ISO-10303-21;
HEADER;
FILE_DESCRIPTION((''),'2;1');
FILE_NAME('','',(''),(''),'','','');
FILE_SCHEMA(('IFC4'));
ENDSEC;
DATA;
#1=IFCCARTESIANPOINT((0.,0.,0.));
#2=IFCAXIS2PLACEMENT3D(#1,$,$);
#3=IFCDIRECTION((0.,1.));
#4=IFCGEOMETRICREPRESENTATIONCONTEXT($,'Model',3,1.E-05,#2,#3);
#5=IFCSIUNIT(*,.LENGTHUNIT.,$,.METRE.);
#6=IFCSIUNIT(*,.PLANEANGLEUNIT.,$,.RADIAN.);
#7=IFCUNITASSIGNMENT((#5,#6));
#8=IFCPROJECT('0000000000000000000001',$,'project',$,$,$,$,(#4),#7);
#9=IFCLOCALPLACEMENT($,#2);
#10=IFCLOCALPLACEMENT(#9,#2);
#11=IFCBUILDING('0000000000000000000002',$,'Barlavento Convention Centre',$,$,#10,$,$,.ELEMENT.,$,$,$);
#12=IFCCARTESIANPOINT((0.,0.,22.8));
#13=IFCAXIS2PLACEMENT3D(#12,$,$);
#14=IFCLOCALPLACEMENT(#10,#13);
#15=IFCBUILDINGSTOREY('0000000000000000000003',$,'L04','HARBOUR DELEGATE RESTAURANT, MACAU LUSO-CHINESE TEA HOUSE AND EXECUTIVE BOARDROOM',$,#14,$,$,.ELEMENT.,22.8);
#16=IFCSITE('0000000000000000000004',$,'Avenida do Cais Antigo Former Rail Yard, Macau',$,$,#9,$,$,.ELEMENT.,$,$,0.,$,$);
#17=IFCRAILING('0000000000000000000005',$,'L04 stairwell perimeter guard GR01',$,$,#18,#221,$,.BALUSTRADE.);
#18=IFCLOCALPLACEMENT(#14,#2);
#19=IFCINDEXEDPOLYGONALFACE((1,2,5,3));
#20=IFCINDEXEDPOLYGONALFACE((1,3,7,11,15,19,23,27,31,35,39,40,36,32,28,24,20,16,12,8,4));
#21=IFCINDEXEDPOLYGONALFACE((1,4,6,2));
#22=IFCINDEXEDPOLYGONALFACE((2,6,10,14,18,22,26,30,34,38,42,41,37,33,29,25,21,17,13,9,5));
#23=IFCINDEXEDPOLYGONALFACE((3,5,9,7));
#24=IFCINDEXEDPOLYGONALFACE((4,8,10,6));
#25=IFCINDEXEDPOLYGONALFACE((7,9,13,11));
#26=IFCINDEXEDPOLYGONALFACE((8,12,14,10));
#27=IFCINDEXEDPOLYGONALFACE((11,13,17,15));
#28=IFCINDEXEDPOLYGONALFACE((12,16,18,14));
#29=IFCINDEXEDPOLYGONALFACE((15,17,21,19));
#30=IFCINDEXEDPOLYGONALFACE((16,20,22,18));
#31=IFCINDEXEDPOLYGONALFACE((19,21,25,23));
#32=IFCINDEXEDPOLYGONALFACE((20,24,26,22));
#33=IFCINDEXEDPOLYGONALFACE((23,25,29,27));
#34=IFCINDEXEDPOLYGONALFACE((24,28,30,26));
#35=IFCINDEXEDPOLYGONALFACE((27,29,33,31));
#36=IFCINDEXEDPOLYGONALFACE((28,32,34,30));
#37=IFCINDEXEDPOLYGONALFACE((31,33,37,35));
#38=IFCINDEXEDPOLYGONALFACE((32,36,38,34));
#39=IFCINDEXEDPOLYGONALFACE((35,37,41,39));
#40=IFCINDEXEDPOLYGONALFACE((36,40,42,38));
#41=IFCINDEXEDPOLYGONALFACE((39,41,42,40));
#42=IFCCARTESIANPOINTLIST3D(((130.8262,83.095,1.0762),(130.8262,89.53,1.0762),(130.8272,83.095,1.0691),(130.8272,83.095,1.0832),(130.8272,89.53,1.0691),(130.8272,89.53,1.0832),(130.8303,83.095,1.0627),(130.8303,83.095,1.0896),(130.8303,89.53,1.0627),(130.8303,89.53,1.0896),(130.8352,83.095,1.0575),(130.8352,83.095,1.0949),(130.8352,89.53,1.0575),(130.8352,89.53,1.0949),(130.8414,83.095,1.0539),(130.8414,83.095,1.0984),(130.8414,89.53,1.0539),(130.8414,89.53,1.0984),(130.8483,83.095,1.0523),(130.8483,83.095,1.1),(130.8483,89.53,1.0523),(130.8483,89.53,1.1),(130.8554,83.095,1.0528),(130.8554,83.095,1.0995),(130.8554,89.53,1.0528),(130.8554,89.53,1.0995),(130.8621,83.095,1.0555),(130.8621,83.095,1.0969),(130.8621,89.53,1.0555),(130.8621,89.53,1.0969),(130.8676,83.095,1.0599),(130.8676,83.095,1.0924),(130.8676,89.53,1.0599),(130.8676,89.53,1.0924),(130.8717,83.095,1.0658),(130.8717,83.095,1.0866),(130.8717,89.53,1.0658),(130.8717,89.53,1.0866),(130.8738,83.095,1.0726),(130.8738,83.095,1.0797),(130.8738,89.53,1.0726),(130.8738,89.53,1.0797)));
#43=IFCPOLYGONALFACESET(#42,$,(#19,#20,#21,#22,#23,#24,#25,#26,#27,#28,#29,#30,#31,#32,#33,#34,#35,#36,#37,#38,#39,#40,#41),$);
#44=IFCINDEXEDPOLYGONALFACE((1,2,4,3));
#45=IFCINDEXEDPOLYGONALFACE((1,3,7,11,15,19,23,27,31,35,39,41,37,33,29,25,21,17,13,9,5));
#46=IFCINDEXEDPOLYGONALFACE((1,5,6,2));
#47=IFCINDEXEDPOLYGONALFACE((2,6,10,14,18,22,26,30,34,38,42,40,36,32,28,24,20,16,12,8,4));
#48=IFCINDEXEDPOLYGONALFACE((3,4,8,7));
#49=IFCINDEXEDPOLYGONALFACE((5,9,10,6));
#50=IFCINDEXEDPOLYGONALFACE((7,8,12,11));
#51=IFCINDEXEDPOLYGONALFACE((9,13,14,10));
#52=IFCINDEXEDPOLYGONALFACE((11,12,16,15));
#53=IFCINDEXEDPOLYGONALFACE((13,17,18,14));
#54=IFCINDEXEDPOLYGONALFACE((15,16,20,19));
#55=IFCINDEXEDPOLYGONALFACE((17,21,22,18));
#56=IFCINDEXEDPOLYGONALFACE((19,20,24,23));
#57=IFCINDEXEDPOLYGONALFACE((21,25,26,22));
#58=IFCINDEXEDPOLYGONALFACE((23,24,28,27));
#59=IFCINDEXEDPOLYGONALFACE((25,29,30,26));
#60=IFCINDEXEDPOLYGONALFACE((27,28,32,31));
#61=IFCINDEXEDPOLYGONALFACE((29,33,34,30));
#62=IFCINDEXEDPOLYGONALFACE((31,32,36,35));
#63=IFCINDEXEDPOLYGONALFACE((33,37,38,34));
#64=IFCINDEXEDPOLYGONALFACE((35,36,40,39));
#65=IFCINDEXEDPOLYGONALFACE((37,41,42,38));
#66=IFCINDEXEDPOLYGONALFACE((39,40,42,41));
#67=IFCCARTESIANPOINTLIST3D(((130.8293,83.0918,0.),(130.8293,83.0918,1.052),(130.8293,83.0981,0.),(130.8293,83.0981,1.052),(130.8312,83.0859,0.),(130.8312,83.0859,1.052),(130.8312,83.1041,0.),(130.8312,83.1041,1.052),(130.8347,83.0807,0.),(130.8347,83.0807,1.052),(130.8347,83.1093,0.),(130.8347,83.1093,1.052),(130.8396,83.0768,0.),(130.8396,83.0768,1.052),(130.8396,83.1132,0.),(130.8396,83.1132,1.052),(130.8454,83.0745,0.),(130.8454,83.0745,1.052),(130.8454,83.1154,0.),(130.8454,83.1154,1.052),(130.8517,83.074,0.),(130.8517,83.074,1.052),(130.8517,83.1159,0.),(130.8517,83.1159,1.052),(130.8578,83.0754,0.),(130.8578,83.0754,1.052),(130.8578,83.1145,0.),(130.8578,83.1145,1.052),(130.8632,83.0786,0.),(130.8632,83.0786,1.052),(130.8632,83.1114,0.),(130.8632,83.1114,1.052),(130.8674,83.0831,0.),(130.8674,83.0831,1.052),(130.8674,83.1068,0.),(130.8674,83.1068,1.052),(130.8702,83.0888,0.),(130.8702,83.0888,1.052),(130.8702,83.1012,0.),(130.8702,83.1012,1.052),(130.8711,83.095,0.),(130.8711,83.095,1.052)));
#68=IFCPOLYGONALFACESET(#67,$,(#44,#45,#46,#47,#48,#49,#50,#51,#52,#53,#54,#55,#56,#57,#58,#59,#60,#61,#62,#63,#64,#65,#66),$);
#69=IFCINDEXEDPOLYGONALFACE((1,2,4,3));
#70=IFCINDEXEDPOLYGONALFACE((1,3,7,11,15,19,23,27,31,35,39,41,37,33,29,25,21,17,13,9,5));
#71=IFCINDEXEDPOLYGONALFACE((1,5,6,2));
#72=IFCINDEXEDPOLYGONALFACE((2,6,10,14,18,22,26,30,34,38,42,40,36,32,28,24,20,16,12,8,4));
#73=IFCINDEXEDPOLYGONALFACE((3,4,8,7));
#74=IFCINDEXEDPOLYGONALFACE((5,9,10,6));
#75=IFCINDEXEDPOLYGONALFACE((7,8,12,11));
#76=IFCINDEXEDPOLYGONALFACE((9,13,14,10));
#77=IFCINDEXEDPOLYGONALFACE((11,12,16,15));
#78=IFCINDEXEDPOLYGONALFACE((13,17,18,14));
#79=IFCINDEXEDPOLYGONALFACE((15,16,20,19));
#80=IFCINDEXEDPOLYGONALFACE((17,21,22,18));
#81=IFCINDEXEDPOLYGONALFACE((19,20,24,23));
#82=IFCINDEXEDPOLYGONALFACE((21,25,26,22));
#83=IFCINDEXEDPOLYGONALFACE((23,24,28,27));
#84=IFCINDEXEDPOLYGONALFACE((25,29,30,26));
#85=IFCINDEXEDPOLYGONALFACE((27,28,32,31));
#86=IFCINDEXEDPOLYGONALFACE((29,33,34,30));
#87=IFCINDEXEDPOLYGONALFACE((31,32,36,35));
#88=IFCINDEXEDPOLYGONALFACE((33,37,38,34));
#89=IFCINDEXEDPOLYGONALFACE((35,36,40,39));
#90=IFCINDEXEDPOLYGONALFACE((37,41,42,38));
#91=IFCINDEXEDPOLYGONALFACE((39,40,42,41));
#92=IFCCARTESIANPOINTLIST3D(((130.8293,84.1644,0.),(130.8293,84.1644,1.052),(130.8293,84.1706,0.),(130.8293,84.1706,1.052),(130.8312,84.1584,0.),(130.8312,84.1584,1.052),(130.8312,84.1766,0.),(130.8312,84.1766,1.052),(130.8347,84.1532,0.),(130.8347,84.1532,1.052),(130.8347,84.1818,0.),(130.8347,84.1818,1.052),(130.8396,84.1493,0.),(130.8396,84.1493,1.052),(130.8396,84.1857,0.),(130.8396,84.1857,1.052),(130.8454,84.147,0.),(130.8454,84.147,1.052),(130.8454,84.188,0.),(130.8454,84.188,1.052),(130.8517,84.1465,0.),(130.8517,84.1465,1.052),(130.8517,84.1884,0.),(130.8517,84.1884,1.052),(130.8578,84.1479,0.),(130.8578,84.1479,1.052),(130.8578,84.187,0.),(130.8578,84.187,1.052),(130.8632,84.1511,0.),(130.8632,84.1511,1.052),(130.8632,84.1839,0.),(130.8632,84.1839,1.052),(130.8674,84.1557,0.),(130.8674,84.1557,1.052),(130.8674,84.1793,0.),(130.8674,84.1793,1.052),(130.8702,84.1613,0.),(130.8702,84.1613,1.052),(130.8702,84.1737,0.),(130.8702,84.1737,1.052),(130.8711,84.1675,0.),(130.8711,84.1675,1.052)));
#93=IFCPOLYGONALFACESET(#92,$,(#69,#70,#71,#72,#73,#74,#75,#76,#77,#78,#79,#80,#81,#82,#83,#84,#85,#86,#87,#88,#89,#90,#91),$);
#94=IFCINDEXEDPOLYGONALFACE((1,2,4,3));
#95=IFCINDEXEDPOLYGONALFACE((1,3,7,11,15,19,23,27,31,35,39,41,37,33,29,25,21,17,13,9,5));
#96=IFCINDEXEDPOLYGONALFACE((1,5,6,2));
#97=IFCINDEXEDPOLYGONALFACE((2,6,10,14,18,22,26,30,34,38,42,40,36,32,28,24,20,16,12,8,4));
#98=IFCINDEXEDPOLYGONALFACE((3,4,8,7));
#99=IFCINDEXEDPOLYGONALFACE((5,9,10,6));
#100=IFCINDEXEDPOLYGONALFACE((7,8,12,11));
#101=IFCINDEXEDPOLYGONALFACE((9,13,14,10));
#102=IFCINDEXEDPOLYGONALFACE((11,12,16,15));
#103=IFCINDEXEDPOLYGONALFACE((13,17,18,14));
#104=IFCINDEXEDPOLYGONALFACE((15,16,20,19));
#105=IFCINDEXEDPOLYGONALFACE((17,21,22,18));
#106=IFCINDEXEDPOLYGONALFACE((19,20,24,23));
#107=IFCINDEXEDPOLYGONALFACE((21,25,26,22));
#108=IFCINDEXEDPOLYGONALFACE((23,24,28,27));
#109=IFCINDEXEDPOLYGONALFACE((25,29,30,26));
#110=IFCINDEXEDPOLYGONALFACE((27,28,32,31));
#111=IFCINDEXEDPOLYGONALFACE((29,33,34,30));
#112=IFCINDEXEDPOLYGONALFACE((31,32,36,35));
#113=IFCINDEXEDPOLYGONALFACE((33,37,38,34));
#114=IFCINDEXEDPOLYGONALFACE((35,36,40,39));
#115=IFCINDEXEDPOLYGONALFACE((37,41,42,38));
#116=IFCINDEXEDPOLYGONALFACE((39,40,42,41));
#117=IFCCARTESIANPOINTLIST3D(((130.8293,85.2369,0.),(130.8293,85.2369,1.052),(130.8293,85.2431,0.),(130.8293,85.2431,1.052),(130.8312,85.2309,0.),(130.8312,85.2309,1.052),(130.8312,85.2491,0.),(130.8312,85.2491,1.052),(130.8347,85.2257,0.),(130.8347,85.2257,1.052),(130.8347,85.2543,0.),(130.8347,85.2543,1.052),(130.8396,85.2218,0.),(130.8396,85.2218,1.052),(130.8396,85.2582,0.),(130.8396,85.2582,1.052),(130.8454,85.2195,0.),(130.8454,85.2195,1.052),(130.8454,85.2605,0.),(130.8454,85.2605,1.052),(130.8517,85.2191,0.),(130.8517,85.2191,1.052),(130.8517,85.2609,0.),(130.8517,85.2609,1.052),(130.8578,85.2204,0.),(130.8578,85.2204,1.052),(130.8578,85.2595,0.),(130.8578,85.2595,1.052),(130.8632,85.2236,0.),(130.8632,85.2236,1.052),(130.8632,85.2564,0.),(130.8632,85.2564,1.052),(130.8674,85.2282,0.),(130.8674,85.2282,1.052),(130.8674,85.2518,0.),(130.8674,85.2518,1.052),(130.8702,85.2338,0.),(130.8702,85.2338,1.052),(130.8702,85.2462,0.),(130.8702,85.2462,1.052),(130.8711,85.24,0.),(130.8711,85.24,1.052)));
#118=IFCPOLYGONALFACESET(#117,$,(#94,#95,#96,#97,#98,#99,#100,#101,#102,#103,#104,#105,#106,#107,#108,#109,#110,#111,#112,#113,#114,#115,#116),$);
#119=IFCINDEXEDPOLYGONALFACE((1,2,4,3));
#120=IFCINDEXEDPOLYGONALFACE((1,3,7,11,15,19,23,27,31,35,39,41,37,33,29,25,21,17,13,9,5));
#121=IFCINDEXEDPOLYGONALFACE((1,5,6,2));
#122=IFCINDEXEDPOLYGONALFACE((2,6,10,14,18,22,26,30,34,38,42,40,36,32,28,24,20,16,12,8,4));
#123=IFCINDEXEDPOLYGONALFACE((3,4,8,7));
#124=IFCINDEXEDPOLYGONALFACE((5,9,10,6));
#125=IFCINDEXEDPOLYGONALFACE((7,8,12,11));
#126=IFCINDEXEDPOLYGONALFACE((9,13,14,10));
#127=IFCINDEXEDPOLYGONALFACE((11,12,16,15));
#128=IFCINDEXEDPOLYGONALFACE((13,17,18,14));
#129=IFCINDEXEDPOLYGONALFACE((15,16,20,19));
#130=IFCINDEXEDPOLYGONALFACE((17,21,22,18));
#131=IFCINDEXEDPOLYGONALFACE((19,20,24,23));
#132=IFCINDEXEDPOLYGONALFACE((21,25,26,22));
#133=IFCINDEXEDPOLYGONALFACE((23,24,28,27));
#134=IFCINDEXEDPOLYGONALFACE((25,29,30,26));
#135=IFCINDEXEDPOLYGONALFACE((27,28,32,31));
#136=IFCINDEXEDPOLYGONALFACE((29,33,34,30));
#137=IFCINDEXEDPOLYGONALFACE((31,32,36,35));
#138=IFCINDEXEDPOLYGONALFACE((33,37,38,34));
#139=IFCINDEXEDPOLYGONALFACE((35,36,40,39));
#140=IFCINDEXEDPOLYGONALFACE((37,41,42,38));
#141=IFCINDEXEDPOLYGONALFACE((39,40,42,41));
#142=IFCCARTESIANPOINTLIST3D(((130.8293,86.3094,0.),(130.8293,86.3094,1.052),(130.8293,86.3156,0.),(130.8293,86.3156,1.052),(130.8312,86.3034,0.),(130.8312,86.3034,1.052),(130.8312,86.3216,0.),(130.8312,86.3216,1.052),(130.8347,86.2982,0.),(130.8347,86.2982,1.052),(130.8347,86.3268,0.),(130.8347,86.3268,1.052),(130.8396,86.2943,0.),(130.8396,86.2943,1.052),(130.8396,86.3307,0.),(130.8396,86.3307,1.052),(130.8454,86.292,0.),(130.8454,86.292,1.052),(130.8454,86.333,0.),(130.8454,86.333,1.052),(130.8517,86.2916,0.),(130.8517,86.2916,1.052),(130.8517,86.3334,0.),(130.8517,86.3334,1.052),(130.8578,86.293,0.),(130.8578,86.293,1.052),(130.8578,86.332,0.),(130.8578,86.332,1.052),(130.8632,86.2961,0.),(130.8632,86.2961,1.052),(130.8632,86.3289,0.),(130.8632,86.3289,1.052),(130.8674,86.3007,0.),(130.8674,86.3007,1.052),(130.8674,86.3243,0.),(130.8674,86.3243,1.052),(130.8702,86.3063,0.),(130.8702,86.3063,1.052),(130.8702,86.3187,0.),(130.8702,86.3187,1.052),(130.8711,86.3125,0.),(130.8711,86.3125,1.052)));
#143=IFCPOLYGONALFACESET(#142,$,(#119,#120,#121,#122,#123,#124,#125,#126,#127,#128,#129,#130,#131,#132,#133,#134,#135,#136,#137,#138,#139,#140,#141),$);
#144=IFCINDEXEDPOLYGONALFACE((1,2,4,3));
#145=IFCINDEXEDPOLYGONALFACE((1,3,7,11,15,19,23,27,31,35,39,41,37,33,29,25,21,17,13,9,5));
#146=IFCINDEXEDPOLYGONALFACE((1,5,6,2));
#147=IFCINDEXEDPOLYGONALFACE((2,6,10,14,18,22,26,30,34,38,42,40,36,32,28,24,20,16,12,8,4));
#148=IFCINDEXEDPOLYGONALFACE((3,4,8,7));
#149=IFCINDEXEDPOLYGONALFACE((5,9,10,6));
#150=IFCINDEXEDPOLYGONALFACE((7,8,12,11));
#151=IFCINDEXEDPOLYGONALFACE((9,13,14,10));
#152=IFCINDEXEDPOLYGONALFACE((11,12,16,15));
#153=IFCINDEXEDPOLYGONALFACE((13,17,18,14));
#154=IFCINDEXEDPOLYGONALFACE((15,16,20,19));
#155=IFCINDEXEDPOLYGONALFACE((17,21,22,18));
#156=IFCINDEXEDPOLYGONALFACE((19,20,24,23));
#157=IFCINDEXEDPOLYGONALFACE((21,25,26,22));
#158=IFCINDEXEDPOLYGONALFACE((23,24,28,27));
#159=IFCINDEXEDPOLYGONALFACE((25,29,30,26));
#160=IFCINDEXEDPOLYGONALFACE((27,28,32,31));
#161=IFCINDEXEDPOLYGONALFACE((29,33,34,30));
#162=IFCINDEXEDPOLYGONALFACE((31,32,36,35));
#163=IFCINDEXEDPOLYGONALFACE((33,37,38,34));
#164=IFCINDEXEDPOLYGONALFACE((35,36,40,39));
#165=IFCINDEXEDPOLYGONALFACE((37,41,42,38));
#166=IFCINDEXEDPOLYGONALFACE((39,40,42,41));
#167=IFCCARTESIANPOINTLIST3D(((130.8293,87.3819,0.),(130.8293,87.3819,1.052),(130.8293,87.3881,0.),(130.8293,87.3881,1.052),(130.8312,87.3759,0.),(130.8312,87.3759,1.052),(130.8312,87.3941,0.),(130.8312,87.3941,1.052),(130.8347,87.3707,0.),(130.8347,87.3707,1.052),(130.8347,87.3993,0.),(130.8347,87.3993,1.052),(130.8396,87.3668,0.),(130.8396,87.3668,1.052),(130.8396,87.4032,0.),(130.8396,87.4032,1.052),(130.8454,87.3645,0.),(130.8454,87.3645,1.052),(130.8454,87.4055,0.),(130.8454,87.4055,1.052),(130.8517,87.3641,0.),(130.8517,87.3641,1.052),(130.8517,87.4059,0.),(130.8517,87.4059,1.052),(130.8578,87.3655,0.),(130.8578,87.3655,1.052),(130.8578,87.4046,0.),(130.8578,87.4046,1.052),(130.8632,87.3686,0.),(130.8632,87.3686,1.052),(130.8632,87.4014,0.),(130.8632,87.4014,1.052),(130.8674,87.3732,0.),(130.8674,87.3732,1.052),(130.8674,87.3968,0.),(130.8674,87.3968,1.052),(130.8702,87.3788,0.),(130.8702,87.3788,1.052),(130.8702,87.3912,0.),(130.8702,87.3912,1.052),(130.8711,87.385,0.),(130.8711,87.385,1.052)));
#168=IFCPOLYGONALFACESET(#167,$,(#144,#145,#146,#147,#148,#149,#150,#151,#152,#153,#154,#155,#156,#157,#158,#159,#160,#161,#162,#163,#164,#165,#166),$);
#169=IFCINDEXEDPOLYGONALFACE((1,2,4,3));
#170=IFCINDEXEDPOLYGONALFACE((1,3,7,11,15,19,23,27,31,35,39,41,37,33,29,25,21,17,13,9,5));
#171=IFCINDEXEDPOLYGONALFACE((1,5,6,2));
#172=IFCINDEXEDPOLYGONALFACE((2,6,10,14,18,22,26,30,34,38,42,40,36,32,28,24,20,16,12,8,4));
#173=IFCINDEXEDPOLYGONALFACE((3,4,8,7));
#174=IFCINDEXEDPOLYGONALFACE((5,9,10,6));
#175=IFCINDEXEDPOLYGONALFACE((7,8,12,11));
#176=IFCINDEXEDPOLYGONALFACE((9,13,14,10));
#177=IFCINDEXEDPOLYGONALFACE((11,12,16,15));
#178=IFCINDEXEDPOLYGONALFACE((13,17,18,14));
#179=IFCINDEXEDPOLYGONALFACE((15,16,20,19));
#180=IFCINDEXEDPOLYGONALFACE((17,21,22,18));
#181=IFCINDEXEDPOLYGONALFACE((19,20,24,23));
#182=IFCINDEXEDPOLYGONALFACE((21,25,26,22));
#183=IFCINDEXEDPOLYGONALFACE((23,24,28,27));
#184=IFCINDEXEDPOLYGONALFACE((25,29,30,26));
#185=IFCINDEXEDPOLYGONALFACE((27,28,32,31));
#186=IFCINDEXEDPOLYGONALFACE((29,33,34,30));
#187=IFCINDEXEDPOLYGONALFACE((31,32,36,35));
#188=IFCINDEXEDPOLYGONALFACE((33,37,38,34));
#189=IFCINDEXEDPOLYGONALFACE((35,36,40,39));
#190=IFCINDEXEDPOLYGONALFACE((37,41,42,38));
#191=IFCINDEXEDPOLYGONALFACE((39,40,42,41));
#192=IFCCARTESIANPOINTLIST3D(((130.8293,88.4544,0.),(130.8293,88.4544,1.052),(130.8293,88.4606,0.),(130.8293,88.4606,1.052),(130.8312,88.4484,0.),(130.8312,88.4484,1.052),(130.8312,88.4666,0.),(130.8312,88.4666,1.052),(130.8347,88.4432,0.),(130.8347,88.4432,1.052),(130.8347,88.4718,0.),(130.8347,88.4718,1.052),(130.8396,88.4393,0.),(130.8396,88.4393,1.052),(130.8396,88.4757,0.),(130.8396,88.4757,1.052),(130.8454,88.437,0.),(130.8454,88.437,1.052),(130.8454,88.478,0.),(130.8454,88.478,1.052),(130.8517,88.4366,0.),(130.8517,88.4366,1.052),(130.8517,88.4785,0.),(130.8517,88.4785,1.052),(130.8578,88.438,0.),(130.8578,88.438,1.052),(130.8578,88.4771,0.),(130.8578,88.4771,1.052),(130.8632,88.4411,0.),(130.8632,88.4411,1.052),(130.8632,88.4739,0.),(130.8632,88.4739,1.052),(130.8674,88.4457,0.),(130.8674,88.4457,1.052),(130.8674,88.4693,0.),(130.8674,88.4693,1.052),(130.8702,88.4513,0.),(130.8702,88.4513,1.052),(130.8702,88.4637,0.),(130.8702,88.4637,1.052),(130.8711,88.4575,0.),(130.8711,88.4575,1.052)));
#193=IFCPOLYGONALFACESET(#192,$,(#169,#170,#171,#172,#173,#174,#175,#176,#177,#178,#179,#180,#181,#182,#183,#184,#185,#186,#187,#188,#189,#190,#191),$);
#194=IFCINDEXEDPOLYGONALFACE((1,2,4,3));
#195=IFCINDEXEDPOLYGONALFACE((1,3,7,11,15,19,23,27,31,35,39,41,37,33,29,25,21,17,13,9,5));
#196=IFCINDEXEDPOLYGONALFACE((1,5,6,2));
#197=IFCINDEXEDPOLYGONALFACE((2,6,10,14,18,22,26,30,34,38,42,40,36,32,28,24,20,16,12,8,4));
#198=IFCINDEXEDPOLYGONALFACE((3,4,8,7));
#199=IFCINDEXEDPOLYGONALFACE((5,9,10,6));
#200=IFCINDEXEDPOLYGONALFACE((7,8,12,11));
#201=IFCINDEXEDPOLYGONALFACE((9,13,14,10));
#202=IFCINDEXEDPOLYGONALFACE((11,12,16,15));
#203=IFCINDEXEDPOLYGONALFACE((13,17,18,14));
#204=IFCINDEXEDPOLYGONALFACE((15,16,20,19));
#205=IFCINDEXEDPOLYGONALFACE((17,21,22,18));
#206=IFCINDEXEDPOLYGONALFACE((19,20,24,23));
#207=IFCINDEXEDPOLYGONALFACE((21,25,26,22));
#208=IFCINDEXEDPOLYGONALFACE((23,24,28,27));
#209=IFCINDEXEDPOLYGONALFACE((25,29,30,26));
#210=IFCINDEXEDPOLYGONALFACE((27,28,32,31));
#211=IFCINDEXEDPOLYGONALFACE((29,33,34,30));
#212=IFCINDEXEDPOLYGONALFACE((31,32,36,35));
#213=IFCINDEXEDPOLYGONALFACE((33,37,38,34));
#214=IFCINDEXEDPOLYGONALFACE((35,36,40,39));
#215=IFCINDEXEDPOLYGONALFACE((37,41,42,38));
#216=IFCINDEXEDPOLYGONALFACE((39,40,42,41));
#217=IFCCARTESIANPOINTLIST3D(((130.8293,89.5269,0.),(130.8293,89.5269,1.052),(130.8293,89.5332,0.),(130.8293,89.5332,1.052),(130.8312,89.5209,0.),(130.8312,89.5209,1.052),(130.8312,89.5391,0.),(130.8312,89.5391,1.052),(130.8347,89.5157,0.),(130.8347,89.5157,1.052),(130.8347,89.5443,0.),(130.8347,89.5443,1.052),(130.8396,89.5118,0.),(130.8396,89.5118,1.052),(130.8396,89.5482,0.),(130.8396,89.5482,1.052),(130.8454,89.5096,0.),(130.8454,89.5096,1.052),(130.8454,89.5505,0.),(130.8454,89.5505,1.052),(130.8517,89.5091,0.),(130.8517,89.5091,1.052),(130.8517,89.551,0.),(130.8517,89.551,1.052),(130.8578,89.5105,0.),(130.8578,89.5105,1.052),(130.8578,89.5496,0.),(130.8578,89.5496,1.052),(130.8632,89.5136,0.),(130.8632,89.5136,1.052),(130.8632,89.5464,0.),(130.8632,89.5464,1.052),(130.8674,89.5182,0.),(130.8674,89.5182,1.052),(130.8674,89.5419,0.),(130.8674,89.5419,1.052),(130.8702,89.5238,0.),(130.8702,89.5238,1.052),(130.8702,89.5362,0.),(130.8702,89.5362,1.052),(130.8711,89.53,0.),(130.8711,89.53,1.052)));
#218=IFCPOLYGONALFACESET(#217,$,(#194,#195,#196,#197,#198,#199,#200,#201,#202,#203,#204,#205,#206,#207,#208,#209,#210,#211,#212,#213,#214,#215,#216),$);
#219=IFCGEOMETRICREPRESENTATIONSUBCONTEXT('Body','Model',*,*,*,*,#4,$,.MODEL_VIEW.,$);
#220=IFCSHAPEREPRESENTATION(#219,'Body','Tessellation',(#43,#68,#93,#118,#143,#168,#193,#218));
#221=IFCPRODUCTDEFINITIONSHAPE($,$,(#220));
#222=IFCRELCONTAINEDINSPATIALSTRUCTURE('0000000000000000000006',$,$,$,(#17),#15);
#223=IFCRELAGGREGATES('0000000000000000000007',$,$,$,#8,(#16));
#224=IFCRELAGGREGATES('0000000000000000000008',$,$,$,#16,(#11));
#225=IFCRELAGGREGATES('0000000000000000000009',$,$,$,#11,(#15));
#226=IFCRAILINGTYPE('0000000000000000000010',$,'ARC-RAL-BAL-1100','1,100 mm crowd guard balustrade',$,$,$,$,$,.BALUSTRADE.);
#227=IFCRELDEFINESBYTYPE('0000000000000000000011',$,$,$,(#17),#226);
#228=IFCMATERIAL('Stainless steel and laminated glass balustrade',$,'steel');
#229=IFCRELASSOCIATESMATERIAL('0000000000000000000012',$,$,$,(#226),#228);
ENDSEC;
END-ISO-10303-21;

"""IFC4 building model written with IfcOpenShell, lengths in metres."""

from ifc_helpers import new_model, si_unit, direction, frame, origin, origin_2d, place, context, subcontext, project, spatial, circle, extrude, material, type_object, element, save


model = new_model("IFC4")

# Units and contexts
model_context = context("Model", 3, precision=1e-05, world=origin(), true_north=direction((0.0, 1.0)))
body_context = subcontext(model_context, "Body", "Model", "MODEL_VIEW")
ifc_project = project(units=[si_unit("LENGTHUNIT", "METRE"), si_unit("PLANEANGLEUNIT", "RADIAN")], contexts=[model_context])

# Site, building, storey
site_placement = place(None, origin())
site = spatial("IfcSite", under=ifc_project, at=site_placement, Name="Avenida do Cais Antigo Former Rail Yard, Macau", CompositionType="ELEMENT", RefElevation=0.0)
building_placement = place(site_placement, origin())
building = spatial("IfcBuilding", under=site, at=building_placement, Name="Barlavento Convention Centre", CompositionType="ELEMENT")
storey_placement = place(building_placement, frame((0.0, 0.0, 22.8)))
storey = spatial("IfcBuildingStorey", under=building, at=storey_placement, Name="L04", Description="HARBOUR DELEGATE RESTAURANT, MACAU LUSO-CHINESE TEA HOUSE AND EXECUTIVE BOARDROOM", CompositionType="ELEMENT", Elevation=22.8)

# Railing
ifc_material_1 = material(Name="Stainless steel and laminated glass balustrade", Category="steel")
railing_type_1 = type_object("IfcRailingType", Name="ARC-RAL-BAL-1100", Description="1,100 mm crowd guard balustrade", PredefinedType="BALUSTRADE", material=ifc_material_1)
railing_1_placement = place(storey_placement, frame((130.8501, 83.095, 0.0)))
element("IfcRailing", 1, at=railing_1_placement, inside=storey, type_object=railing_type_1, Name="L04 stairwell perimeter guard GR01", PredefinedType="BALUSTRADE", context=body_context, shape_type="SweptSolid", body=[
    extrude(circle(Radius=0.0239, at=origin_2d()), frame((0.0, 0.0, 1.0762), z_axis=(0.0, 1.0, 0.0), x_axis=(-1.0, 0.0, 0.0)), (0.0, 0.0, 1.0), 6.4351),
    extrude(circle(Radius=0.021, at=origin_2d()), origin(), (0.0, 0.0, 1.0), 1.052),
    extrude(circle(Radius=0.021, at=origin_2d()), frame((0.0, 1.0725, 0.0)), (0.0, 0.0, 1.0), 1.052),
    extrude(circle(Radius=0.021, at=origin_2d()), frame((0.0, 2.145, 0.0)), (0.0, 0.0, 1.0), 1.052),
    extrude(circle(Radius=0.021, at=origin_2d()), frame((0.0, 3.2175, 0.0)), (0.0, 0.0, 1.0), 1.052),
    extrude(circle(Radius=0.021, at=origin_2d()), frame((0.0, 4.29, 0.0)), (0.0, 0.0, 1.0), 1.052),
    extrude(circle(Radius=0.021, at=origin_2d()), frame((0.0, 5.3625, 0.0)), (0.0, 0.0, 1.0), 1.052),
    extrude(circle(Radius=0.021, at=origin_2d()), frame((0.0, 6.4351, 0.0)), (0.0, 0.0, 1.0), 1.052),
])

save(model, "model.ifc")
